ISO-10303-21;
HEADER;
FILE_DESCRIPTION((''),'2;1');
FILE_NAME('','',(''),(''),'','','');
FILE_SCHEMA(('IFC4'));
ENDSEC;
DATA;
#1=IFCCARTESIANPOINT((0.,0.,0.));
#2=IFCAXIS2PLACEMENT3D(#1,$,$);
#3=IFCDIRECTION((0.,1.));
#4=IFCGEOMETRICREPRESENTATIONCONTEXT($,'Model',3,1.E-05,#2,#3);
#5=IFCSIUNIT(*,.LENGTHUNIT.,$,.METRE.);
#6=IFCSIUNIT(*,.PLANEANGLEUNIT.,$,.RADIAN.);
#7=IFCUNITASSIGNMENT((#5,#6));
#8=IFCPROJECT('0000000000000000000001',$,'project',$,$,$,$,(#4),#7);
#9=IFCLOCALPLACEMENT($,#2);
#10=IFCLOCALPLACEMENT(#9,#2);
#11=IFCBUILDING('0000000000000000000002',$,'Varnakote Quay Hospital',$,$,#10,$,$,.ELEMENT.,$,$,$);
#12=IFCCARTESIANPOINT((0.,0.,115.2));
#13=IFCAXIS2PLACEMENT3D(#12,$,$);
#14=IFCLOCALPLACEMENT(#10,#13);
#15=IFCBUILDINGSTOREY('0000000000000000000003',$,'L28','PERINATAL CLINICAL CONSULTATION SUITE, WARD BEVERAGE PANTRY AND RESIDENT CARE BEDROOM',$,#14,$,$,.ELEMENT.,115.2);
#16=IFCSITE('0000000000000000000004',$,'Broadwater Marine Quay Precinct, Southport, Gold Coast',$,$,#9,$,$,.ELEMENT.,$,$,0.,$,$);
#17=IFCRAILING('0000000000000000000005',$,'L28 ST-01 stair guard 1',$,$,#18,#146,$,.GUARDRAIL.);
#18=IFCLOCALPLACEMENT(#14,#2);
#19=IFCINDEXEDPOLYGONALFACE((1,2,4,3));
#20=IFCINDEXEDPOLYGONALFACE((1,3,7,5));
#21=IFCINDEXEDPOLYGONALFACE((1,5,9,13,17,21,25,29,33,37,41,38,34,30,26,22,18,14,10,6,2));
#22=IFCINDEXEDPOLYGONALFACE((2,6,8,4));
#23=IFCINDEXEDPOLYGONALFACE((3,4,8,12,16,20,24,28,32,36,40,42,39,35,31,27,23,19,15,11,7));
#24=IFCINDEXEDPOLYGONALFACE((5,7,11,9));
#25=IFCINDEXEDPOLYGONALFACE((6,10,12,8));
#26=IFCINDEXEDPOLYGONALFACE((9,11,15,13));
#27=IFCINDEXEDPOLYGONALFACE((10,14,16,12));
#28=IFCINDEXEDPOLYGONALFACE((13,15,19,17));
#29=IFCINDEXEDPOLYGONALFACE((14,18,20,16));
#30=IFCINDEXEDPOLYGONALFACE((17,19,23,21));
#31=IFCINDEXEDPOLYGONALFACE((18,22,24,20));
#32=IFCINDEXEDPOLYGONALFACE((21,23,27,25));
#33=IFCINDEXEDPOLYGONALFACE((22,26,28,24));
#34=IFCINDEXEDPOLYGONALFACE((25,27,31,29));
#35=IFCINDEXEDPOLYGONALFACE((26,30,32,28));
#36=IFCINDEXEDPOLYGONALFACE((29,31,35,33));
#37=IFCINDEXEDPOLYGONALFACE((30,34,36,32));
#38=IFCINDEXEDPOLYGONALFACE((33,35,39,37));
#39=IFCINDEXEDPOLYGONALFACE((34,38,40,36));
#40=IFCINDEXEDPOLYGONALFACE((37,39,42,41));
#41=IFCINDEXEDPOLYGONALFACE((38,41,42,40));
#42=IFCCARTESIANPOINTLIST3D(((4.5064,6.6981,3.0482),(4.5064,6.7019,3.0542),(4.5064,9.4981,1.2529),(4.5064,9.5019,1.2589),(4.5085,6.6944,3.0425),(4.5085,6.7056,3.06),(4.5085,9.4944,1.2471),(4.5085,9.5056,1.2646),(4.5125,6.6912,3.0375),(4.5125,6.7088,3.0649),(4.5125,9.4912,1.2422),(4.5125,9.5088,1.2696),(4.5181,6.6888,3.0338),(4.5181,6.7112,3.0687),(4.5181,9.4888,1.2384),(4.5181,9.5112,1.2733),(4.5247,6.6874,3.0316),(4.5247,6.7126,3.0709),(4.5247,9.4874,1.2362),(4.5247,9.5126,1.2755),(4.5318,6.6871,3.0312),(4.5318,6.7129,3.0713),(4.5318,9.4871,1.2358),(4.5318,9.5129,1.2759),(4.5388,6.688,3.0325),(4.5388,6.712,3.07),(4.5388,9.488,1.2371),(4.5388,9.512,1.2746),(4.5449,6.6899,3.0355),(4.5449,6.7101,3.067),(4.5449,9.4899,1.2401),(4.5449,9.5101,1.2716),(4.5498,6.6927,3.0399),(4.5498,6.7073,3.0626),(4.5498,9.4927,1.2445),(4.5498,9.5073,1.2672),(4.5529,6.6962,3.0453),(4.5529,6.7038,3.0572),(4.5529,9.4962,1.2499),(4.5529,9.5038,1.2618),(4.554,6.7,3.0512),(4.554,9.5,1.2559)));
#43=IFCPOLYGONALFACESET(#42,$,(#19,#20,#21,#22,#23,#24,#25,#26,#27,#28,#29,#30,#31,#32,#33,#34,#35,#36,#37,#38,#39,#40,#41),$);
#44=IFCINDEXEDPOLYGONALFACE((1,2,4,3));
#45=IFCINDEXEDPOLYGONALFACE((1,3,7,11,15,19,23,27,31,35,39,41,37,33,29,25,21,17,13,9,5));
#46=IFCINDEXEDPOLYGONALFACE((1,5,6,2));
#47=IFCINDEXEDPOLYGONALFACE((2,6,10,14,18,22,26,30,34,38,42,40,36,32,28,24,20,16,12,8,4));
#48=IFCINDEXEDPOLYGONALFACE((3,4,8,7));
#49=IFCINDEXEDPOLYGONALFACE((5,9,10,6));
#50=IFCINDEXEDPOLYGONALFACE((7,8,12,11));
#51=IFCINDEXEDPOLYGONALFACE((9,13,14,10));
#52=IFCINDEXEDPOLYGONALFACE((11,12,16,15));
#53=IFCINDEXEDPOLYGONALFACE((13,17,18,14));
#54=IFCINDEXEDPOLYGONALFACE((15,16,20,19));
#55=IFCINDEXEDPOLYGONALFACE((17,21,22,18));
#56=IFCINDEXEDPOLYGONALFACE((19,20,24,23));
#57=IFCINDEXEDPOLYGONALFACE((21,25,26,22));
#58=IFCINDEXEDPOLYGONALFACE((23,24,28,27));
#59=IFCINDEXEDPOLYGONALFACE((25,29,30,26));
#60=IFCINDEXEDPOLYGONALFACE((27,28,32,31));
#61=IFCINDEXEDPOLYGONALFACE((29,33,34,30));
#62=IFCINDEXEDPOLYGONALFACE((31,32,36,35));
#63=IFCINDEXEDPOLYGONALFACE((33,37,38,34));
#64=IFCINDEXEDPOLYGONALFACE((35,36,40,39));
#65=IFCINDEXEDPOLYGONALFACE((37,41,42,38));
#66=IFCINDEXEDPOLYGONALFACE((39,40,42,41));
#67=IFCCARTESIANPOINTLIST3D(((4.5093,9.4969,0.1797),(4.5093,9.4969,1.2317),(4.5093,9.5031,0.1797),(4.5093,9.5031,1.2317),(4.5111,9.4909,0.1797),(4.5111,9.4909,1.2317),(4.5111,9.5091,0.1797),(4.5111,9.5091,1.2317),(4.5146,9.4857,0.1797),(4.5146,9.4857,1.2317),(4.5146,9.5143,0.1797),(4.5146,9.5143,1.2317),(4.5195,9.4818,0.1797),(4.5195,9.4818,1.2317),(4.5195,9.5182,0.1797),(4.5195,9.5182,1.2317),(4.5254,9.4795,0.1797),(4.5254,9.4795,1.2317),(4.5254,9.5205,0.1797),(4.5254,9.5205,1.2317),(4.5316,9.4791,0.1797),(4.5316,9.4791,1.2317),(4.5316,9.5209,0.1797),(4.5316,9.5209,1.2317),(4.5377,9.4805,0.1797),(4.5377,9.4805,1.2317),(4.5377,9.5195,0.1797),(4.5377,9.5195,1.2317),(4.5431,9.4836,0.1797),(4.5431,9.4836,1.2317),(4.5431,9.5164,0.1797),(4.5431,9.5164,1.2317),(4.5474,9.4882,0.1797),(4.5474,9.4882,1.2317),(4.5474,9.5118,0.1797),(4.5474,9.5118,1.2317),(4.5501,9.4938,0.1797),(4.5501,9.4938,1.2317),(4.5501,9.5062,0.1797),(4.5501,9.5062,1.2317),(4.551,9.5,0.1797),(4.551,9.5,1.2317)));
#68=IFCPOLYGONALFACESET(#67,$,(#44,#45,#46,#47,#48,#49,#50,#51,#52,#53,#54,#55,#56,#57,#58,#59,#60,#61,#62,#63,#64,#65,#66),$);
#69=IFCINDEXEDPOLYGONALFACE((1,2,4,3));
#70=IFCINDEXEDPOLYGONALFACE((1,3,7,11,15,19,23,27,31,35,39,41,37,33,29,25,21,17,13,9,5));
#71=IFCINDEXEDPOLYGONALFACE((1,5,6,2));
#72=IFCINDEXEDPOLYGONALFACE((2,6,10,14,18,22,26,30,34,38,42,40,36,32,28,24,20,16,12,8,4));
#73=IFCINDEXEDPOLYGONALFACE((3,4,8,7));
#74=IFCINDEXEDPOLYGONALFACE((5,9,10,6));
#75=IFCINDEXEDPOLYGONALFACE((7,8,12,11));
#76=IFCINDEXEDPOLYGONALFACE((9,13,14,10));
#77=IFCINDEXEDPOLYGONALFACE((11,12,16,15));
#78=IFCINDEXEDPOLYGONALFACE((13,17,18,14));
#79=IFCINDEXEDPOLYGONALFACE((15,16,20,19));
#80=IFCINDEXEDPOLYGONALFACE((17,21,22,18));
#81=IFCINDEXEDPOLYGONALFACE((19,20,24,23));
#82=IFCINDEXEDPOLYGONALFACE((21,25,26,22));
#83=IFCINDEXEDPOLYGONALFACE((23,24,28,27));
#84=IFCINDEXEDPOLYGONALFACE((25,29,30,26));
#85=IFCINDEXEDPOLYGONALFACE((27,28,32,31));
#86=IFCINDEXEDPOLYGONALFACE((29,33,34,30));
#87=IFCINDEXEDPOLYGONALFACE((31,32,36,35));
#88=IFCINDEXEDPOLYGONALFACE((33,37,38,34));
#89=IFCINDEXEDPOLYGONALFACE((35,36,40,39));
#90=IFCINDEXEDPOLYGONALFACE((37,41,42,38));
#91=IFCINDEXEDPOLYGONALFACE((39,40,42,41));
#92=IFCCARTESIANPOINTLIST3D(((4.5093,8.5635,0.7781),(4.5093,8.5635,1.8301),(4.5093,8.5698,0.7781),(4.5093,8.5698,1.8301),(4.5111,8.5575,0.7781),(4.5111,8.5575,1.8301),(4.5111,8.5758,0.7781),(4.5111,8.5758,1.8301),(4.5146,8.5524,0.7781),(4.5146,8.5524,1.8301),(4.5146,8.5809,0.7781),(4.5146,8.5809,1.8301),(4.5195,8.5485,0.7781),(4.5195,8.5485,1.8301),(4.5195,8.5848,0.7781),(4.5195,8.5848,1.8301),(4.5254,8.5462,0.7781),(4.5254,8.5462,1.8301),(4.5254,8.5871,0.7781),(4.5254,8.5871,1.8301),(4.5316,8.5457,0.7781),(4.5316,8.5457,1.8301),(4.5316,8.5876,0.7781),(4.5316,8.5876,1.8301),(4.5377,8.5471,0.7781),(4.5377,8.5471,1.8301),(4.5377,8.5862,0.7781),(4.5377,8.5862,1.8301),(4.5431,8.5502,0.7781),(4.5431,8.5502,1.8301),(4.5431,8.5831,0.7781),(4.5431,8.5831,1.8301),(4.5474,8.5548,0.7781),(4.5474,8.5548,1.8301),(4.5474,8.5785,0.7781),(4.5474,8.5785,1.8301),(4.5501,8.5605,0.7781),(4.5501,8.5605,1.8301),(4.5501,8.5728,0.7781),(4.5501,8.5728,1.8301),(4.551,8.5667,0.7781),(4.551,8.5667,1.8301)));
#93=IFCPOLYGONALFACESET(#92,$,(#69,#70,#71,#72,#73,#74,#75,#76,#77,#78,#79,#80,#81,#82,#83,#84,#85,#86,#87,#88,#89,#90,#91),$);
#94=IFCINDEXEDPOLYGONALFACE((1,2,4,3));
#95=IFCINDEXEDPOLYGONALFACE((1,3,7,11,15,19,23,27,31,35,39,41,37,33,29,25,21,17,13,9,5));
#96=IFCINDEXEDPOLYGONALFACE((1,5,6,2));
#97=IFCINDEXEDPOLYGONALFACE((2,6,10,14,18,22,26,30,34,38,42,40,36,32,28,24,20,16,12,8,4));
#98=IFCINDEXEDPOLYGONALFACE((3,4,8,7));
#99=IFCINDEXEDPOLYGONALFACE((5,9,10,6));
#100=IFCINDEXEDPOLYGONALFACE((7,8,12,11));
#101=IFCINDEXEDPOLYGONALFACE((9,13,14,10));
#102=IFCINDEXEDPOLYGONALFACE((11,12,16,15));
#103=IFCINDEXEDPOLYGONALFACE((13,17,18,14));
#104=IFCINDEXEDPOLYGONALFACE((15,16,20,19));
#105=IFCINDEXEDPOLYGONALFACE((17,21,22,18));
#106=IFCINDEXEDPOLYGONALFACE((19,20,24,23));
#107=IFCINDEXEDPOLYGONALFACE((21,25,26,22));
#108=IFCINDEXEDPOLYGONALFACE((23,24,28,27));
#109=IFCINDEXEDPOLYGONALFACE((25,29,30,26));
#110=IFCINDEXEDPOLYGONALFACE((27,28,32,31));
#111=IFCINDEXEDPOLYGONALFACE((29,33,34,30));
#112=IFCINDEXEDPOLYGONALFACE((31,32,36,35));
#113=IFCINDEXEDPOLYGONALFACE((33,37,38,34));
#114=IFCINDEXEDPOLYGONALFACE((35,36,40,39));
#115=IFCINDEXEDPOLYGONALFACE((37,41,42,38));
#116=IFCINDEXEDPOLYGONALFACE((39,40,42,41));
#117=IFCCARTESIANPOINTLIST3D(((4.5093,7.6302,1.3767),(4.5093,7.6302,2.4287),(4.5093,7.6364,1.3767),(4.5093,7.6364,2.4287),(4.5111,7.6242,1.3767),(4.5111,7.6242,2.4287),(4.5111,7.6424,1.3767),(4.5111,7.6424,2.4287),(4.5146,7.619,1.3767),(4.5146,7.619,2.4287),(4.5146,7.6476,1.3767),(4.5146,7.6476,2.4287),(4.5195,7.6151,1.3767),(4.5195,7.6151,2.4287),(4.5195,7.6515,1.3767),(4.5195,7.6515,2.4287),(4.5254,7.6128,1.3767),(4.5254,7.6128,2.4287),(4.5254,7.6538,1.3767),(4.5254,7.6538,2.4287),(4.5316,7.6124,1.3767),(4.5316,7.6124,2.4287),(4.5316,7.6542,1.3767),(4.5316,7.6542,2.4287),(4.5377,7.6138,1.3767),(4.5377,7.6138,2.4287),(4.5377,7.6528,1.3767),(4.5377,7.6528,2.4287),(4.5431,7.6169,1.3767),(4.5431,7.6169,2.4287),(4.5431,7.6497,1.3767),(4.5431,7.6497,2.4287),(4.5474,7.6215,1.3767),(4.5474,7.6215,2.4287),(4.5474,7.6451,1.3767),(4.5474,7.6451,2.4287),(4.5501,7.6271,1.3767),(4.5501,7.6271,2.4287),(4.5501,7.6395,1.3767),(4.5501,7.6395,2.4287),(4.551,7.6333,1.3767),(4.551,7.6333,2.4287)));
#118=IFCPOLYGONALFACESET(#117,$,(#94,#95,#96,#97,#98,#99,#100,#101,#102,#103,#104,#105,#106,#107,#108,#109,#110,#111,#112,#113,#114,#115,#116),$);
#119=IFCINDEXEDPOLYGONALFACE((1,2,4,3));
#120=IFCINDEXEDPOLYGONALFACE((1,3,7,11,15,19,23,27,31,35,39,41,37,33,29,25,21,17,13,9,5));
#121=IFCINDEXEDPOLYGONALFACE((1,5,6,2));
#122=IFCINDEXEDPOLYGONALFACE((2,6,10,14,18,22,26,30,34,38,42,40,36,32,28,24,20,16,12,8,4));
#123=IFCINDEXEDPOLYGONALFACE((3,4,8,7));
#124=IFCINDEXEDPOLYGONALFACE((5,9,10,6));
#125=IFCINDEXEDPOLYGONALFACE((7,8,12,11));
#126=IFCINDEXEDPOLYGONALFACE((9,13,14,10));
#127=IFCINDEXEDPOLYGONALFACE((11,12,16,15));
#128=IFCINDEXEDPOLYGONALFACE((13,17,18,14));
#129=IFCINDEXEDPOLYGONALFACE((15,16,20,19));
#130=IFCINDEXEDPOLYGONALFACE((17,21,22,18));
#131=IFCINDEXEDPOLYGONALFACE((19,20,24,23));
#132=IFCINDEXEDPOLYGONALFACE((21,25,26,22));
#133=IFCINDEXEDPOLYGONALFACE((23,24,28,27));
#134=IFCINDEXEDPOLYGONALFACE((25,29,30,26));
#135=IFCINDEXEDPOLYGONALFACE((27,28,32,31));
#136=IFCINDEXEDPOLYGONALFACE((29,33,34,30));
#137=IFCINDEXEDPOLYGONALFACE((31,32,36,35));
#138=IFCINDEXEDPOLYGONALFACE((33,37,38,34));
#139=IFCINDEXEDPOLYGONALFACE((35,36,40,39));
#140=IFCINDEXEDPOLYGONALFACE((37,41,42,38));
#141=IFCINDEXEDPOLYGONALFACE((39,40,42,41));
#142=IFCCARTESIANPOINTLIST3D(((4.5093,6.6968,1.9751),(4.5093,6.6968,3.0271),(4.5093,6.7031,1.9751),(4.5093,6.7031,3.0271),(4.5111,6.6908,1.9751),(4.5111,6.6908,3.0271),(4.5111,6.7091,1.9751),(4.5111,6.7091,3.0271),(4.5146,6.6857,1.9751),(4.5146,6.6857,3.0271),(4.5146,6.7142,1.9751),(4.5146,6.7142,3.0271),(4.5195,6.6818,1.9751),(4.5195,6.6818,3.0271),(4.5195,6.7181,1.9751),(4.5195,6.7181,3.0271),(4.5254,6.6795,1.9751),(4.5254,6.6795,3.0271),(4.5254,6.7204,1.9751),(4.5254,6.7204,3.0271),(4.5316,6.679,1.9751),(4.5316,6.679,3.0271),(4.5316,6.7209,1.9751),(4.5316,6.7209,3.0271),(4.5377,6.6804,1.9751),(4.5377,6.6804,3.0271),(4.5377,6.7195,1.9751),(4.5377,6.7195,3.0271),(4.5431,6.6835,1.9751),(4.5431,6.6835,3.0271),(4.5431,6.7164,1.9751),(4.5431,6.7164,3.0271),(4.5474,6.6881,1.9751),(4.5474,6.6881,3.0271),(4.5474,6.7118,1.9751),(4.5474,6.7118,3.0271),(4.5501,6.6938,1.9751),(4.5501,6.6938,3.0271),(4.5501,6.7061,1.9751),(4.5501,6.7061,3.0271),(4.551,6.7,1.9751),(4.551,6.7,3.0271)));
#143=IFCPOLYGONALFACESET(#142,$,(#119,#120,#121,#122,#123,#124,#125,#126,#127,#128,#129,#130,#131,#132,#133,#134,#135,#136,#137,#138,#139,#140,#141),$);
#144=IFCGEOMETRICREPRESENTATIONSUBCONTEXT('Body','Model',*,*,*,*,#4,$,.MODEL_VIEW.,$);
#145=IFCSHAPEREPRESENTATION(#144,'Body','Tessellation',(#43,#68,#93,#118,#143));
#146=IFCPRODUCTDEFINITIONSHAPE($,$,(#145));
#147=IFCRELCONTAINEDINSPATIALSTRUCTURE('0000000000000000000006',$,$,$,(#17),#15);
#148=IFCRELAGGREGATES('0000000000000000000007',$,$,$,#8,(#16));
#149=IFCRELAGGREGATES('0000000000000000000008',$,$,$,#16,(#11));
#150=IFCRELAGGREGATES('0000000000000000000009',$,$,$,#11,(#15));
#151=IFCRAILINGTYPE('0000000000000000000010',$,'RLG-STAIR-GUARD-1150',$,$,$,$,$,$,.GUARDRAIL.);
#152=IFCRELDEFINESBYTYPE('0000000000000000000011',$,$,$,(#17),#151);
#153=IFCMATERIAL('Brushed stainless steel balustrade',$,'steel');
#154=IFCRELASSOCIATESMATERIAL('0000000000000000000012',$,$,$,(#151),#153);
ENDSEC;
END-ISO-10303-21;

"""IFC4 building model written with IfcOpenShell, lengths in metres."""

from ifc_helpers import new_model, si_unit, direction, frame, origin, origin_2d, place, context, subcontext, project, spatial, circle, extrude, material, type_object, element, save


model = new_model("IFC4")

# Units and contexts
model_context = context("Model", 3, precision=1e-05, world=origin(), true_north=direction((0.0, 1.0)))
body_context = subcontext(model_context, "Body", "Model", "MODEL_VIEW")
ifc_project = project(units=[si_unit("LENGTHUNIT", "METRE"), si_unit("PLANEANGLEUNIT", "RADIAN")], contexts=[model_context])

# Site, building, storey
site_placement = place(None, origin())
site = spatial("IfcSite", under=ifc_project, at=site_placement, Name="Broadwater Marine Quay Precinct, Southport, Gold Coast", CompositionType="ELEMENT", RefElevation=0.0)
building_placement = place(site_placement, origin())
building = spatial("IfcBuilding", under=site, at=building_placement, Name="Varnakote Quay Hospital", CompositionType="ELEMENT")
storey_placement = place(building_placement, frame((0.0, 0.0, 115.2)))
storey = spatial("IfcBuildingStorey", under=building, at=storey_placement, Name="L28", Description="PERINATAL CLINICAL CONSULTATION SUITE, WARD BEVERAGE PANTRY AND RESIDENT CARE BEDROOM", CompositionType="ELEMENT", Elevation=115.2)

# Railing
ifc_material_1 = material(Name="Brushed stainless steel balustrade", Category="steel")
railing_type_1 = type_object("IfcRailingType", Name="RLG-STAIR-GUARD-1150", PredefinedType="GUARDRAIL", material=ifc_material_1)
railing_1_placement = place(storey_placement, frame((4.53, 9.5, 0.1797)))
element("IfcRailing", 1, at=railing_1_placement, inside=storey, type_object=railing_type_1, Name="L28 ST-01 stair guard 1", PredefinedType="GUARDRAIL", context=body_context, shape_type="SweptSolid", body=[
    extrude(circle(Radius=0.0239, at=origin_2d()), frame((0.0, 0.0, 1.0762), z_axis=(0.0, -0.84181, 0.539774), x_axis=(1.0, 0.0, 0.0)), (0.0, 0.0, 1.0), 3.3262),
    extrude(circle(Radius=0.021, at=origin_2d()), origin(), (0.0, 0.0, 1.0), 1.052),
    extrude(circle(Radius=0.021, at=origin_2d()), frame((0.0, -0.9333, 0.5984)), (0.0, 0.0, 1.0), 1.052),
    extrude(circle(Radius=0.021, at=origin_2d()), frame((0.0, -1.8667, 1.197)), (0.0, 0.0, 1.0), 1.052),
    extrude(circle(Radius=0.021, at=origin_2d()), frame((0.0, -2.8, 1.7954)), (0.0, 0.0, 1.0), 1.052),
])

save(model, "model.ifc")
